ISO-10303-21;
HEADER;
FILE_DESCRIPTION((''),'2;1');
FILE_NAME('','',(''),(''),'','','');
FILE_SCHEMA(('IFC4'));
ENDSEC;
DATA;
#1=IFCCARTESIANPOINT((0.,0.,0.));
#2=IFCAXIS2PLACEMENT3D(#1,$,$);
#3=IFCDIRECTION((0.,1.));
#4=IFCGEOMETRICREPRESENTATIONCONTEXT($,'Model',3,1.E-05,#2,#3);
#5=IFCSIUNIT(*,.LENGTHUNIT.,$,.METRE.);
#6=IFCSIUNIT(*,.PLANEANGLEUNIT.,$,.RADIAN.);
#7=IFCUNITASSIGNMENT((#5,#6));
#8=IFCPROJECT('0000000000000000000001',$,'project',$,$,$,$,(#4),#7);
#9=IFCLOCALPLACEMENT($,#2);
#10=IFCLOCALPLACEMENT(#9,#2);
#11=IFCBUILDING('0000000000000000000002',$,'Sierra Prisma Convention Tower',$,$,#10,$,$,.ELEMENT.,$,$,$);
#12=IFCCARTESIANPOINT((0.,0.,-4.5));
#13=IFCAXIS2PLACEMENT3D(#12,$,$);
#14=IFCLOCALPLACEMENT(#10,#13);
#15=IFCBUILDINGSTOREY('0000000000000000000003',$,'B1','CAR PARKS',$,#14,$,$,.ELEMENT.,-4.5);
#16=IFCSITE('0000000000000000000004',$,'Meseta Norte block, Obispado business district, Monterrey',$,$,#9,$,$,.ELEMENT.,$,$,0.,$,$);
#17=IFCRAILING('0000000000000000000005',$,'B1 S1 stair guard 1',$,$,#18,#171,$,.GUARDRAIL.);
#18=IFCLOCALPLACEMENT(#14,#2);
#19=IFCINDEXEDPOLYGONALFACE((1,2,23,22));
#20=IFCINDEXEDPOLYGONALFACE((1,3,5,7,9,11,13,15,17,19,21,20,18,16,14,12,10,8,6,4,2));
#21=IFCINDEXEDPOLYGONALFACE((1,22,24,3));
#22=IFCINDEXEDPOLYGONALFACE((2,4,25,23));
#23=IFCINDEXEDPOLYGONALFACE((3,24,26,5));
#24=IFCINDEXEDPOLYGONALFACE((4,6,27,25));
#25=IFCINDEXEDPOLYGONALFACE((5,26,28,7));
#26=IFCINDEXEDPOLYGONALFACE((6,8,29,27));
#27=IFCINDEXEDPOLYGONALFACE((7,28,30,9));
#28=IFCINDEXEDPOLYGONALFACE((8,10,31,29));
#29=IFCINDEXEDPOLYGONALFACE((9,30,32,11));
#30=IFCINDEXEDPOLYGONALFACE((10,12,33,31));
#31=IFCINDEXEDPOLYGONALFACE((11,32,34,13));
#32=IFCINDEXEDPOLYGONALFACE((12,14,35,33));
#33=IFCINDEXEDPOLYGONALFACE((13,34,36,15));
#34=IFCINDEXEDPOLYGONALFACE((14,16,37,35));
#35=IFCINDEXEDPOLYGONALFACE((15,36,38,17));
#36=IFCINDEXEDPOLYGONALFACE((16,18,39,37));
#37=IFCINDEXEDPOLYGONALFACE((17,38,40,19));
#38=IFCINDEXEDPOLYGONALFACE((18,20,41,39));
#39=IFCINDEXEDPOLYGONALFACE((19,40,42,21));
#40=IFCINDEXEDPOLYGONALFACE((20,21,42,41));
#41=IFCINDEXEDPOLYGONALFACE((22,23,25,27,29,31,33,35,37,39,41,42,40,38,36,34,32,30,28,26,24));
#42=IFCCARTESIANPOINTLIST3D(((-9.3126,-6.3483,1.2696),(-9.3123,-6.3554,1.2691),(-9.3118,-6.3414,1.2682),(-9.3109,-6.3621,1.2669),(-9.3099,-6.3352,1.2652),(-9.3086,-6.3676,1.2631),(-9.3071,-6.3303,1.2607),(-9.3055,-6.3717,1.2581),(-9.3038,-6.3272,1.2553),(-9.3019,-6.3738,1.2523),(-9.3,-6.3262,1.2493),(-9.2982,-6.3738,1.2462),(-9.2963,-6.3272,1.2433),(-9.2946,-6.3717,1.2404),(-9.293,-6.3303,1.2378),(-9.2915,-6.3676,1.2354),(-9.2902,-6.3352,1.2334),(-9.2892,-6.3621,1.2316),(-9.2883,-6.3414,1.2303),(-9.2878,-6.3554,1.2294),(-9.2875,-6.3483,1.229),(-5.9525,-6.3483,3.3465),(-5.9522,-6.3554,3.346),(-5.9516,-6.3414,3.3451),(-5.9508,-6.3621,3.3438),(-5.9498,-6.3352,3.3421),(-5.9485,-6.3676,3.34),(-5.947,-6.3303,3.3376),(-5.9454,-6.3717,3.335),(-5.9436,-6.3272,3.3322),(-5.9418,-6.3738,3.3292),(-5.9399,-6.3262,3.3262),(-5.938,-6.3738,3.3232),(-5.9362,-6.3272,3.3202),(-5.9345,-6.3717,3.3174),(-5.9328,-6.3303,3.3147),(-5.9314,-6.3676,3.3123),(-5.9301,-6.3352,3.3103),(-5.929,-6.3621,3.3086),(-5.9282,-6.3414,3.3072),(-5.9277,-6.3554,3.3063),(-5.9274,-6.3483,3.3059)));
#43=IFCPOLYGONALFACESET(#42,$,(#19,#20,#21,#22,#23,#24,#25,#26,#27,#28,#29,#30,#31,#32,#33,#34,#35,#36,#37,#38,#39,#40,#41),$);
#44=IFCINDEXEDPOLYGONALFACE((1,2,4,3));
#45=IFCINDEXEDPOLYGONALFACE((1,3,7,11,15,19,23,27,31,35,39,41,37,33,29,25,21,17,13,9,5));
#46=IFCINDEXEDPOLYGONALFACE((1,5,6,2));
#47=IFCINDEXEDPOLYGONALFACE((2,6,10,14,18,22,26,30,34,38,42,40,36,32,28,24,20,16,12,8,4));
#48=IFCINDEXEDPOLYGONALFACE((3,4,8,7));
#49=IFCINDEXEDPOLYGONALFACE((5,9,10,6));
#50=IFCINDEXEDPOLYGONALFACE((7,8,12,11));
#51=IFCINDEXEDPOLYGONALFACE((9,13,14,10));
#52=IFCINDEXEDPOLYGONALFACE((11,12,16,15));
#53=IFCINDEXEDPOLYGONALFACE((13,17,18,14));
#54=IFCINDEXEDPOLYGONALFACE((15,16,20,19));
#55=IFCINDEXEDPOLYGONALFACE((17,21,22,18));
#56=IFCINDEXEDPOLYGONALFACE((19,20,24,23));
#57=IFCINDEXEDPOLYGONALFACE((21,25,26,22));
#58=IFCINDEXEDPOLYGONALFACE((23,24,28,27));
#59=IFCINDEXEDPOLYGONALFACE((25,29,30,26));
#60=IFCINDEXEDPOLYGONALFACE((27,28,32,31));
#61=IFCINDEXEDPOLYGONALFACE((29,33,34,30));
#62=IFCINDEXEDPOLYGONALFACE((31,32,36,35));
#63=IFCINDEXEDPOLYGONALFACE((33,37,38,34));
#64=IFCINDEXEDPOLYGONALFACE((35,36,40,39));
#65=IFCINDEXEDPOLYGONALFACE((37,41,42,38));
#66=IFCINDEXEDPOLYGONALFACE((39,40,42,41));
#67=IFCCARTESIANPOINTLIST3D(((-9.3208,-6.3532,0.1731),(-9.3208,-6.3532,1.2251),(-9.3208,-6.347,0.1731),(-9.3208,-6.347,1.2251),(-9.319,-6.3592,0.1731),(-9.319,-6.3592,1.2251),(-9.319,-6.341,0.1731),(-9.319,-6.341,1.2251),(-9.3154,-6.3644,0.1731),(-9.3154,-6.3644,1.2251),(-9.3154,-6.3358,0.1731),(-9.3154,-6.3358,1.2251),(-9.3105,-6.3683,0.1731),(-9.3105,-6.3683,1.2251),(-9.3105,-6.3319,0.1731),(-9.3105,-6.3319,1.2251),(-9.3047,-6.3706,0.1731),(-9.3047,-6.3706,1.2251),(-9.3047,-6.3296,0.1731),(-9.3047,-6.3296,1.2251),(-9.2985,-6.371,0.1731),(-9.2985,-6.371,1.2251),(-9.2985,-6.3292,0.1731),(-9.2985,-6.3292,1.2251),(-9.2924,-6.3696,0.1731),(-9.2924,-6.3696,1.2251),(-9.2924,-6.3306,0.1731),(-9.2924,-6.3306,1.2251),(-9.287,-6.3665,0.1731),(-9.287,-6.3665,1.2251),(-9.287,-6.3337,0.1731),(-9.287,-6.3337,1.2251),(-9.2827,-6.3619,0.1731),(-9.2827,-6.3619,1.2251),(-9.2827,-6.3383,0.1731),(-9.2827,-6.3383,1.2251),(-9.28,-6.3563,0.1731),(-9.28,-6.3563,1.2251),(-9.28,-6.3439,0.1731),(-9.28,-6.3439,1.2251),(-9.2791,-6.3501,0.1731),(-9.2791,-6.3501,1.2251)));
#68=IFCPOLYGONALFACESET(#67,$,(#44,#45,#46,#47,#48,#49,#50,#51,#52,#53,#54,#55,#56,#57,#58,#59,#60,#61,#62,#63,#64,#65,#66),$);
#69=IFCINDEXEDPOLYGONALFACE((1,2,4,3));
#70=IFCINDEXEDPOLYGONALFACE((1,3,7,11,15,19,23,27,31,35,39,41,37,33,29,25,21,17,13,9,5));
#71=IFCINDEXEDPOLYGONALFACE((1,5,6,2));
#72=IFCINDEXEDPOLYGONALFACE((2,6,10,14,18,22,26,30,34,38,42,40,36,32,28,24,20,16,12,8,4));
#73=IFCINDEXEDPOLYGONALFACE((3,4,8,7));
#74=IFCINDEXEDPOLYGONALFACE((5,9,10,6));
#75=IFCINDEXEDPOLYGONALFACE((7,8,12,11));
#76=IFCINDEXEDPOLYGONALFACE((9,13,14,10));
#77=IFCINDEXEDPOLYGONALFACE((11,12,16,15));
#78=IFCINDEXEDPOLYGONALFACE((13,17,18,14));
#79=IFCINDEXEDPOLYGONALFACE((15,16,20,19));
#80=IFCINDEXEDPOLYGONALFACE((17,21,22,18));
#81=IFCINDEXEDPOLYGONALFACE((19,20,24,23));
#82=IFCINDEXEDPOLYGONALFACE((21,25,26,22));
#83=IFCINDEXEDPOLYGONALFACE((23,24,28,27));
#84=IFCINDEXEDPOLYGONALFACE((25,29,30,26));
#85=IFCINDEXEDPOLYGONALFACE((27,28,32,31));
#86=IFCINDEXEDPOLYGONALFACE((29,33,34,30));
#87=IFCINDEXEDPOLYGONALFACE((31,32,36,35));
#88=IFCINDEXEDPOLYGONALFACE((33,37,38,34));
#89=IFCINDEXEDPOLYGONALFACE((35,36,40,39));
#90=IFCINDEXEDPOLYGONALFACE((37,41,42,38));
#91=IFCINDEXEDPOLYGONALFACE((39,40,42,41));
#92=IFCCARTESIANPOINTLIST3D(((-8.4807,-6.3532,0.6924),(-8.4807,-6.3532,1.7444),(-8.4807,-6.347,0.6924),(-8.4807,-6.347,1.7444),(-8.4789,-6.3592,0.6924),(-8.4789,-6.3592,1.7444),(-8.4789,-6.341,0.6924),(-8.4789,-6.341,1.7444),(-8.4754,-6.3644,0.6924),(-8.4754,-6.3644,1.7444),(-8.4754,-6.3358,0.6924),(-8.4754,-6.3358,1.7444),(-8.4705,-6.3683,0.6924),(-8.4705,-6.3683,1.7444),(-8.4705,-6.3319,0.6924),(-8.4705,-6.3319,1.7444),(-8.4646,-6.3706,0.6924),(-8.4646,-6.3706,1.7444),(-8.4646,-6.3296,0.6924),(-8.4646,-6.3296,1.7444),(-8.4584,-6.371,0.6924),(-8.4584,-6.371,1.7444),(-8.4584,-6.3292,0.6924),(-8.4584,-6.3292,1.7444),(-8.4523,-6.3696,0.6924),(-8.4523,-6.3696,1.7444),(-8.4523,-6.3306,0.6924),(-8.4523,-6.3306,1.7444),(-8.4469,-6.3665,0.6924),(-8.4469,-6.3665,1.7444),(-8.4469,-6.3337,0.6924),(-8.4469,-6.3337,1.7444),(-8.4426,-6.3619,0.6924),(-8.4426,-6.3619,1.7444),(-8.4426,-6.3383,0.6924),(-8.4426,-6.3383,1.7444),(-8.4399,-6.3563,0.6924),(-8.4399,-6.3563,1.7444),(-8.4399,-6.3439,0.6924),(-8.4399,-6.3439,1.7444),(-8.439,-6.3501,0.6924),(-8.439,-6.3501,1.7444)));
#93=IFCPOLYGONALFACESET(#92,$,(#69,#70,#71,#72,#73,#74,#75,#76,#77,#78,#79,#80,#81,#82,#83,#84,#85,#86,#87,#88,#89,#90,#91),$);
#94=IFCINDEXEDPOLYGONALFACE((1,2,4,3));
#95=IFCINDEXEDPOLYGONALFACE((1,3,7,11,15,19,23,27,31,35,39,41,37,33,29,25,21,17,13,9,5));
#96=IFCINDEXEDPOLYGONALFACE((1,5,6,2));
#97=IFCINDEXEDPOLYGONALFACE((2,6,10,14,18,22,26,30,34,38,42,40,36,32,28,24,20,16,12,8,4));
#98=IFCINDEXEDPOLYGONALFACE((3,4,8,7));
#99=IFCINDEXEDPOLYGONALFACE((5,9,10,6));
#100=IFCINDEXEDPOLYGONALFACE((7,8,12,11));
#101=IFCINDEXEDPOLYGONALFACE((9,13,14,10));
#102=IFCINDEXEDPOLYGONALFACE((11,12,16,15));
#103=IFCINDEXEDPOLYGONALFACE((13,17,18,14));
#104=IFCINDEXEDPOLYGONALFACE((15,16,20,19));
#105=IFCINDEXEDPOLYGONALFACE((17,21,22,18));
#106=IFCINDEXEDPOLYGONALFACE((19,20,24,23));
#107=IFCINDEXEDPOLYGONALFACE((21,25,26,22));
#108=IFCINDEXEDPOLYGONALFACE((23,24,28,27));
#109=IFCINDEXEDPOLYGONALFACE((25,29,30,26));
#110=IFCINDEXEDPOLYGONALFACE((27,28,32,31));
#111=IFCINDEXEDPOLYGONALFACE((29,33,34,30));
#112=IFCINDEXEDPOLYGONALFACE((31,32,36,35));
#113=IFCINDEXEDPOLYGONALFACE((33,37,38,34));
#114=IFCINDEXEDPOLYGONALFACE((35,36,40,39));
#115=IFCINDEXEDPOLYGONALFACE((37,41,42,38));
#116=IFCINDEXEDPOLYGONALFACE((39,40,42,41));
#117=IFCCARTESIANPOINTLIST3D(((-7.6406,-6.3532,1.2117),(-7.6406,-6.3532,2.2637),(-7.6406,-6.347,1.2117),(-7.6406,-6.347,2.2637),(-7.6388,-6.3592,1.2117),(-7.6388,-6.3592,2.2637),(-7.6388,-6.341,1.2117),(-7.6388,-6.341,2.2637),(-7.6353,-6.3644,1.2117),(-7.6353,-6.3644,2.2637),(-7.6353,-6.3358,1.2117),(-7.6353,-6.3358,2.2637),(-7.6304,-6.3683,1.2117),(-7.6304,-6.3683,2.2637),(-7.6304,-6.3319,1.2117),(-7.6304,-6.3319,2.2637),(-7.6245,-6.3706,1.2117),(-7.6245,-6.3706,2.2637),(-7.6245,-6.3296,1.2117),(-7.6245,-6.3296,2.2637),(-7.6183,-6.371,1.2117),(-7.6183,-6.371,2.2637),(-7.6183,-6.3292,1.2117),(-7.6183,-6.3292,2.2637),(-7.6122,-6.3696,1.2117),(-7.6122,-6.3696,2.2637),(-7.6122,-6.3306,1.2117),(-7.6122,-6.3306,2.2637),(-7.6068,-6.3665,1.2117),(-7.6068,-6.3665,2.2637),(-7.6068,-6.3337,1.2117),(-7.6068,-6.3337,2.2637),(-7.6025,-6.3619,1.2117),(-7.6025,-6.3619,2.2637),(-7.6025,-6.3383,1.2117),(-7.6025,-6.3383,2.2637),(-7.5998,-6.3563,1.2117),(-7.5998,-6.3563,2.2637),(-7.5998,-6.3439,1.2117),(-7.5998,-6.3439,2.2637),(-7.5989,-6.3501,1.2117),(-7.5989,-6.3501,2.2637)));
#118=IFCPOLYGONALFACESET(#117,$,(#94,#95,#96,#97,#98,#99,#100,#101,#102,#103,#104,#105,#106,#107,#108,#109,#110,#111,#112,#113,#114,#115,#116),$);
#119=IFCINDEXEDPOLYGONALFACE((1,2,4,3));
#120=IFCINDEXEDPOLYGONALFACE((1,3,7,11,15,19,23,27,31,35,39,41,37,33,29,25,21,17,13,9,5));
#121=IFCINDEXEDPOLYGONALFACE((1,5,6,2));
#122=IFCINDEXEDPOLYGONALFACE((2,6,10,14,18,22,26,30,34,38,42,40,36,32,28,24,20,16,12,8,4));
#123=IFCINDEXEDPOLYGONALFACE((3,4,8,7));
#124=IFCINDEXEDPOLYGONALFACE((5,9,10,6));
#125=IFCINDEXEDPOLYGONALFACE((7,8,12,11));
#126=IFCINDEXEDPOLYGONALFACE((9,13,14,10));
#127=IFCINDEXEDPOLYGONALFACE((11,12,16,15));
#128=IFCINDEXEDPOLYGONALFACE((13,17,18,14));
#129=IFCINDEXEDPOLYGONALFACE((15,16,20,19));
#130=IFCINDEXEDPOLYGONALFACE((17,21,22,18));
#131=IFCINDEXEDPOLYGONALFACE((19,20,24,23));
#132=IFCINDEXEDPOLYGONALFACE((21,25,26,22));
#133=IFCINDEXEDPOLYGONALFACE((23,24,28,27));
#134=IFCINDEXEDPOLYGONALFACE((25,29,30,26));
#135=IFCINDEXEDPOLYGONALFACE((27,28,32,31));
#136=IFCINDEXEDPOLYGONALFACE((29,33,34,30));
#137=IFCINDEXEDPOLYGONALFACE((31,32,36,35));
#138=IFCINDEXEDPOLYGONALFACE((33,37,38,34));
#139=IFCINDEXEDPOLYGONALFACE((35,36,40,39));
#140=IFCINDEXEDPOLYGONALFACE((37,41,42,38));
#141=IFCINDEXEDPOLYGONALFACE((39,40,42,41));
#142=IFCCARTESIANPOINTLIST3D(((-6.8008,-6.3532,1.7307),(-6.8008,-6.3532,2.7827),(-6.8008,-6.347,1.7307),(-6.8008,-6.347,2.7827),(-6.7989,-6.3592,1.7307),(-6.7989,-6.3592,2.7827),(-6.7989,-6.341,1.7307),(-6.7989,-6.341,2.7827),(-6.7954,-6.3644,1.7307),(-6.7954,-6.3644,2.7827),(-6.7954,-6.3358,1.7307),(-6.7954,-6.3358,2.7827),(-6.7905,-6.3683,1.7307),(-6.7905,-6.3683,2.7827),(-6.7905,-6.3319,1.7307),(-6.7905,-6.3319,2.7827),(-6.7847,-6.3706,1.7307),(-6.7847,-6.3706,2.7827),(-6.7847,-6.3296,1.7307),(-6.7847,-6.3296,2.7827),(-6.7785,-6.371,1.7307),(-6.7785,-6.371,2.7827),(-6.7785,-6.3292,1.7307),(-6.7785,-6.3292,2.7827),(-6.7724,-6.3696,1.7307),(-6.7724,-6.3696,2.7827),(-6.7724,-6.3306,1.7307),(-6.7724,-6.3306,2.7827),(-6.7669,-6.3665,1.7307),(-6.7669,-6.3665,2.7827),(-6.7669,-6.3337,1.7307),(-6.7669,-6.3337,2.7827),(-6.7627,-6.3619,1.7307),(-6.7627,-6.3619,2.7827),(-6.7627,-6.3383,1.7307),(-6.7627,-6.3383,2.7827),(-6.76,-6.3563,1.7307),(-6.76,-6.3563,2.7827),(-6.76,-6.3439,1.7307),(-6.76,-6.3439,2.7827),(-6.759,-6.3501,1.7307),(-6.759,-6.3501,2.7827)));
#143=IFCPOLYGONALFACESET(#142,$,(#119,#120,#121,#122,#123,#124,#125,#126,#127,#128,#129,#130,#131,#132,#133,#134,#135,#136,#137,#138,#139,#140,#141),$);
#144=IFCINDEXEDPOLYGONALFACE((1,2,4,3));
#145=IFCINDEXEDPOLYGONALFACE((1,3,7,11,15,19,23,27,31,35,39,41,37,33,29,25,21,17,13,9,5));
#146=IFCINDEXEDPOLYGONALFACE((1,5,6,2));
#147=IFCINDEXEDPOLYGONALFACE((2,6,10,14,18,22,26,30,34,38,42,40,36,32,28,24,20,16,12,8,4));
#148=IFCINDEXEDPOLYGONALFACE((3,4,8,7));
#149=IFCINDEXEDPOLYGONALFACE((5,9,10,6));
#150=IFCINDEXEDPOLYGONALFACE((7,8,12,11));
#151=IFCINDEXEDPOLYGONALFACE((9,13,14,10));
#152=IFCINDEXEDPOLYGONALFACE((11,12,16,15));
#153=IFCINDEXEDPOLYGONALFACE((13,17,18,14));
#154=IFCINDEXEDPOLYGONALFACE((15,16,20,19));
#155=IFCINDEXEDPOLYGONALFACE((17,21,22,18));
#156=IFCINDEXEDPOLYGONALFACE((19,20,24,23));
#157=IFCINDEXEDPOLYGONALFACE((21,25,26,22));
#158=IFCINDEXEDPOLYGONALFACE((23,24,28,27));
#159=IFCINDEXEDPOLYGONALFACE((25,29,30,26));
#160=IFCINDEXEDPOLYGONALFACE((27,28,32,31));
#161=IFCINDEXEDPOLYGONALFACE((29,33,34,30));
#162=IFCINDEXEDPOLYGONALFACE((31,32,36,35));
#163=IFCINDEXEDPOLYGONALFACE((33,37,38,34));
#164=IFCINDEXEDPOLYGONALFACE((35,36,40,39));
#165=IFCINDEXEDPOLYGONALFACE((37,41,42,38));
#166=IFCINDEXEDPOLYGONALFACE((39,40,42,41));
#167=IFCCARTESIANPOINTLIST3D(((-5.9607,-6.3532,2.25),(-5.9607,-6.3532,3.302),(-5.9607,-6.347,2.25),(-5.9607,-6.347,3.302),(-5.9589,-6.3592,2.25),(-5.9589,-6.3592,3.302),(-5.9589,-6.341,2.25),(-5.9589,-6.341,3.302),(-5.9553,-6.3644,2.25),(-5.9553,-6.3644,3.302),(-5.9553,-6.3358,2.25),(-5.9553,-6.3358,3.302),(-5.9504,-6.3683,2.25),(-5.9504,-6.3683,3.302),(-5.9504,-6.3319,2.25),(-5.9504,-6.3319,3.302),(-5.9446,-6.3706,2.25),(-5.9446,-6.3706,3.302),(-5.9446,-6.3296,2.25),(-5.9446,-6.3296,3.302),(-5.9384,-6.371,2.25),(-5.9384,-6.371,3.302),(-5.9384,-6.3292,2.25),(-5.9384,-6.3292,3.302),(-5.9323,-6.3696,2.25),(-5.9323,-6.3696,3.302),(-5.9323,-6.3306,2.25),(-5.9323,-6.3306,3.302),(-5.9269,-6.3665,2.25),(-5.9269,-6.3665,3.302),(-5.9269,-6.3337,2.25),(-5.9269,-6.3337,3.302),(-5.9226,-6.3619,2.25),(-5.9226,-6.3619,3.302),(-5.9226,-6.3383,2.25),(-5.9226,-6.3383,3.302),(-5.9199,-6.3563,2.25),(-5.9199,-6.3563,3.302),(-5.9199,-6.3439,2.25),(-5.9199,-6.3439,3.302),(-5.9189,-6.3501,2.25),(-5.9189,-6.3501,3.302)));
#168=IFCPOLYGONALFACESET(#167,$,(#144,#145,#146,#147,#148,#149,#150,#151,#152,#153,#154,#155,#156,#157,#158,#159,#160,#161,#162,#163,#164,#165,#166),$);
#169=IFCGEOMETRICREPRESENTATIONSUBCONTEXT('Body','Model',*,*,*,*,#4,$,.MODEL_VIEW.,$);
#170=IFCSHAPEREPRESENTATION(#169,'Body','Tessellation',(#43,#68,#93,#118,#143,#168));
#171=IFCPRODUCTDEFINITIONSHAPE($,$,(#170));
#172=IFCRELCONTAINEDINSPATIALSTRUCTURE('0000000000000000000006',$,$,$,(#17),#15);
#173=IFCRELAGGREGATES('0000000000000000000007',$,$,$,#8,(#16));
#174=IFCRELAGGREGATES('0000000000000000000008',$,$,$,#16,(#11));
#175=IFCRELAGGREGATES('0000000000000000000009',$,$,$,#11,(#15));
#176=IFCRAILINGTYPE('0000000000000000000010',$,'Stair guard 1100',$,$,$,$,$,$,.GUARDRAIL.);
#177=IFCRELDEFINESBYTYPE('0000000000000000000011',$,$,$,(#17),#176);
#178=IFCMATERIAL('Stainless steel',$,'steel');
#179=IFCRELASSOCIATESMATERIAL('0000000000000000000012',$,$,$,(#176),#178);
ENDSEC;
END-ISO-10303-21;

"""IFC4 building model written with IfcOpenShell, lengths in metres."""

from ifc_helpers import new_model, si_unit, direction, frame, origin, origin_2d, place, context, subcontext, project, spatial, circle, extrude, material, type_object, element, save


model = new_model("IFC4")

# Units and contexts
model_context = context("Model", 3, precision=1e-05, world=origin(), true_north=direction((0.0, 1.0)))
body_context = subcontext(model_context, "Body", "Model", "MODEL_VIEW")
ifc_project = project(units=[si_unit("LENGTHUNIT", "METRE"), si_unit("PLANEANGLEUNIT", "RADIAN")], contexts=[model_context])

# Site, building, storey
site_placement = place(None, origin())
site = spatial("IfcSite", under=ifc_project, at=site_placement, Name="Meseta Norte block, Obispado business district, Monterrey", CompositionType="ELEMENT", RefElevation=0.0)
building_placement = place(site_placement, origin())
building = spatial("IfcBuilding", under=site, at=building_placement, Name="Sierra Prisma Convention Tower", CompositionType="ELEMENT")
storey_placement = place(building_placement, frame((0.0, 0.0, -4.5)))
storey = spatial("IfcBuildingStorey", under=building, at=storey_placement, Name="B1", Description="CAR PARKS", CompositionType="ELEMENT", Elevation=-4.5)

# Railing
ifc_material_1 = material(Name="Stainless steel", Category="steel")
railing_type_1 = type_object("IfcRailingType", Name="Stair guard 1100", PredefinedType="GUARDRAIL", material=ifc_material_1)
railing_1_placement = place(storey_placement, frame((-9.3, -6.3501, 0.1731)))
element("IfcRailing", 1, at=railing_1_placement, inside=storey, type_object=railing_type_1, Name="B1 S1 stair guard 1", PredefinedType="GUARDRAIL", context=body_context, shape_type="SweptSolid", body=[
    extrude(circle(Radius=0.0239, at=origin_2d()), frame((0.0, 0.0, 1.0762), z_axis=(0.850623, 0.0, 0.525776), x_axis=(0.0, 1.0, 0.0)), (0.0, 0.0, 1.0), 3.9502),
    extrude(circle(Radius=0.021, at=origin_2d()), origin(), (0.0, 0.0, 1.0), 1.052),
    extrude(circle(Radius=0.021, at=origin_2d()), frame((0.8401, 0.0, 0.5193)), (0.0, 0.0, 1.0), 1.052),
    extrude(circle(Radius=0.021, at=origin_2d()), frame((1.6802, 0.0, 1.0386)), (0.0, 0.0, 1.0), 1.052),
    extrude(circle(Radius=0.021, at=origin_2d()), frame((2.52, 0.0, 1.5576)), (0.0, 0.0, 1.0), 1.052),
    extrude(circle(Radius=0.021, at=origin_2d()), frame((3.3601, 0.0, 2.0769)), (0.0, 0.0, 1.0), 1.052),
])

save(model, "model.ifc")
